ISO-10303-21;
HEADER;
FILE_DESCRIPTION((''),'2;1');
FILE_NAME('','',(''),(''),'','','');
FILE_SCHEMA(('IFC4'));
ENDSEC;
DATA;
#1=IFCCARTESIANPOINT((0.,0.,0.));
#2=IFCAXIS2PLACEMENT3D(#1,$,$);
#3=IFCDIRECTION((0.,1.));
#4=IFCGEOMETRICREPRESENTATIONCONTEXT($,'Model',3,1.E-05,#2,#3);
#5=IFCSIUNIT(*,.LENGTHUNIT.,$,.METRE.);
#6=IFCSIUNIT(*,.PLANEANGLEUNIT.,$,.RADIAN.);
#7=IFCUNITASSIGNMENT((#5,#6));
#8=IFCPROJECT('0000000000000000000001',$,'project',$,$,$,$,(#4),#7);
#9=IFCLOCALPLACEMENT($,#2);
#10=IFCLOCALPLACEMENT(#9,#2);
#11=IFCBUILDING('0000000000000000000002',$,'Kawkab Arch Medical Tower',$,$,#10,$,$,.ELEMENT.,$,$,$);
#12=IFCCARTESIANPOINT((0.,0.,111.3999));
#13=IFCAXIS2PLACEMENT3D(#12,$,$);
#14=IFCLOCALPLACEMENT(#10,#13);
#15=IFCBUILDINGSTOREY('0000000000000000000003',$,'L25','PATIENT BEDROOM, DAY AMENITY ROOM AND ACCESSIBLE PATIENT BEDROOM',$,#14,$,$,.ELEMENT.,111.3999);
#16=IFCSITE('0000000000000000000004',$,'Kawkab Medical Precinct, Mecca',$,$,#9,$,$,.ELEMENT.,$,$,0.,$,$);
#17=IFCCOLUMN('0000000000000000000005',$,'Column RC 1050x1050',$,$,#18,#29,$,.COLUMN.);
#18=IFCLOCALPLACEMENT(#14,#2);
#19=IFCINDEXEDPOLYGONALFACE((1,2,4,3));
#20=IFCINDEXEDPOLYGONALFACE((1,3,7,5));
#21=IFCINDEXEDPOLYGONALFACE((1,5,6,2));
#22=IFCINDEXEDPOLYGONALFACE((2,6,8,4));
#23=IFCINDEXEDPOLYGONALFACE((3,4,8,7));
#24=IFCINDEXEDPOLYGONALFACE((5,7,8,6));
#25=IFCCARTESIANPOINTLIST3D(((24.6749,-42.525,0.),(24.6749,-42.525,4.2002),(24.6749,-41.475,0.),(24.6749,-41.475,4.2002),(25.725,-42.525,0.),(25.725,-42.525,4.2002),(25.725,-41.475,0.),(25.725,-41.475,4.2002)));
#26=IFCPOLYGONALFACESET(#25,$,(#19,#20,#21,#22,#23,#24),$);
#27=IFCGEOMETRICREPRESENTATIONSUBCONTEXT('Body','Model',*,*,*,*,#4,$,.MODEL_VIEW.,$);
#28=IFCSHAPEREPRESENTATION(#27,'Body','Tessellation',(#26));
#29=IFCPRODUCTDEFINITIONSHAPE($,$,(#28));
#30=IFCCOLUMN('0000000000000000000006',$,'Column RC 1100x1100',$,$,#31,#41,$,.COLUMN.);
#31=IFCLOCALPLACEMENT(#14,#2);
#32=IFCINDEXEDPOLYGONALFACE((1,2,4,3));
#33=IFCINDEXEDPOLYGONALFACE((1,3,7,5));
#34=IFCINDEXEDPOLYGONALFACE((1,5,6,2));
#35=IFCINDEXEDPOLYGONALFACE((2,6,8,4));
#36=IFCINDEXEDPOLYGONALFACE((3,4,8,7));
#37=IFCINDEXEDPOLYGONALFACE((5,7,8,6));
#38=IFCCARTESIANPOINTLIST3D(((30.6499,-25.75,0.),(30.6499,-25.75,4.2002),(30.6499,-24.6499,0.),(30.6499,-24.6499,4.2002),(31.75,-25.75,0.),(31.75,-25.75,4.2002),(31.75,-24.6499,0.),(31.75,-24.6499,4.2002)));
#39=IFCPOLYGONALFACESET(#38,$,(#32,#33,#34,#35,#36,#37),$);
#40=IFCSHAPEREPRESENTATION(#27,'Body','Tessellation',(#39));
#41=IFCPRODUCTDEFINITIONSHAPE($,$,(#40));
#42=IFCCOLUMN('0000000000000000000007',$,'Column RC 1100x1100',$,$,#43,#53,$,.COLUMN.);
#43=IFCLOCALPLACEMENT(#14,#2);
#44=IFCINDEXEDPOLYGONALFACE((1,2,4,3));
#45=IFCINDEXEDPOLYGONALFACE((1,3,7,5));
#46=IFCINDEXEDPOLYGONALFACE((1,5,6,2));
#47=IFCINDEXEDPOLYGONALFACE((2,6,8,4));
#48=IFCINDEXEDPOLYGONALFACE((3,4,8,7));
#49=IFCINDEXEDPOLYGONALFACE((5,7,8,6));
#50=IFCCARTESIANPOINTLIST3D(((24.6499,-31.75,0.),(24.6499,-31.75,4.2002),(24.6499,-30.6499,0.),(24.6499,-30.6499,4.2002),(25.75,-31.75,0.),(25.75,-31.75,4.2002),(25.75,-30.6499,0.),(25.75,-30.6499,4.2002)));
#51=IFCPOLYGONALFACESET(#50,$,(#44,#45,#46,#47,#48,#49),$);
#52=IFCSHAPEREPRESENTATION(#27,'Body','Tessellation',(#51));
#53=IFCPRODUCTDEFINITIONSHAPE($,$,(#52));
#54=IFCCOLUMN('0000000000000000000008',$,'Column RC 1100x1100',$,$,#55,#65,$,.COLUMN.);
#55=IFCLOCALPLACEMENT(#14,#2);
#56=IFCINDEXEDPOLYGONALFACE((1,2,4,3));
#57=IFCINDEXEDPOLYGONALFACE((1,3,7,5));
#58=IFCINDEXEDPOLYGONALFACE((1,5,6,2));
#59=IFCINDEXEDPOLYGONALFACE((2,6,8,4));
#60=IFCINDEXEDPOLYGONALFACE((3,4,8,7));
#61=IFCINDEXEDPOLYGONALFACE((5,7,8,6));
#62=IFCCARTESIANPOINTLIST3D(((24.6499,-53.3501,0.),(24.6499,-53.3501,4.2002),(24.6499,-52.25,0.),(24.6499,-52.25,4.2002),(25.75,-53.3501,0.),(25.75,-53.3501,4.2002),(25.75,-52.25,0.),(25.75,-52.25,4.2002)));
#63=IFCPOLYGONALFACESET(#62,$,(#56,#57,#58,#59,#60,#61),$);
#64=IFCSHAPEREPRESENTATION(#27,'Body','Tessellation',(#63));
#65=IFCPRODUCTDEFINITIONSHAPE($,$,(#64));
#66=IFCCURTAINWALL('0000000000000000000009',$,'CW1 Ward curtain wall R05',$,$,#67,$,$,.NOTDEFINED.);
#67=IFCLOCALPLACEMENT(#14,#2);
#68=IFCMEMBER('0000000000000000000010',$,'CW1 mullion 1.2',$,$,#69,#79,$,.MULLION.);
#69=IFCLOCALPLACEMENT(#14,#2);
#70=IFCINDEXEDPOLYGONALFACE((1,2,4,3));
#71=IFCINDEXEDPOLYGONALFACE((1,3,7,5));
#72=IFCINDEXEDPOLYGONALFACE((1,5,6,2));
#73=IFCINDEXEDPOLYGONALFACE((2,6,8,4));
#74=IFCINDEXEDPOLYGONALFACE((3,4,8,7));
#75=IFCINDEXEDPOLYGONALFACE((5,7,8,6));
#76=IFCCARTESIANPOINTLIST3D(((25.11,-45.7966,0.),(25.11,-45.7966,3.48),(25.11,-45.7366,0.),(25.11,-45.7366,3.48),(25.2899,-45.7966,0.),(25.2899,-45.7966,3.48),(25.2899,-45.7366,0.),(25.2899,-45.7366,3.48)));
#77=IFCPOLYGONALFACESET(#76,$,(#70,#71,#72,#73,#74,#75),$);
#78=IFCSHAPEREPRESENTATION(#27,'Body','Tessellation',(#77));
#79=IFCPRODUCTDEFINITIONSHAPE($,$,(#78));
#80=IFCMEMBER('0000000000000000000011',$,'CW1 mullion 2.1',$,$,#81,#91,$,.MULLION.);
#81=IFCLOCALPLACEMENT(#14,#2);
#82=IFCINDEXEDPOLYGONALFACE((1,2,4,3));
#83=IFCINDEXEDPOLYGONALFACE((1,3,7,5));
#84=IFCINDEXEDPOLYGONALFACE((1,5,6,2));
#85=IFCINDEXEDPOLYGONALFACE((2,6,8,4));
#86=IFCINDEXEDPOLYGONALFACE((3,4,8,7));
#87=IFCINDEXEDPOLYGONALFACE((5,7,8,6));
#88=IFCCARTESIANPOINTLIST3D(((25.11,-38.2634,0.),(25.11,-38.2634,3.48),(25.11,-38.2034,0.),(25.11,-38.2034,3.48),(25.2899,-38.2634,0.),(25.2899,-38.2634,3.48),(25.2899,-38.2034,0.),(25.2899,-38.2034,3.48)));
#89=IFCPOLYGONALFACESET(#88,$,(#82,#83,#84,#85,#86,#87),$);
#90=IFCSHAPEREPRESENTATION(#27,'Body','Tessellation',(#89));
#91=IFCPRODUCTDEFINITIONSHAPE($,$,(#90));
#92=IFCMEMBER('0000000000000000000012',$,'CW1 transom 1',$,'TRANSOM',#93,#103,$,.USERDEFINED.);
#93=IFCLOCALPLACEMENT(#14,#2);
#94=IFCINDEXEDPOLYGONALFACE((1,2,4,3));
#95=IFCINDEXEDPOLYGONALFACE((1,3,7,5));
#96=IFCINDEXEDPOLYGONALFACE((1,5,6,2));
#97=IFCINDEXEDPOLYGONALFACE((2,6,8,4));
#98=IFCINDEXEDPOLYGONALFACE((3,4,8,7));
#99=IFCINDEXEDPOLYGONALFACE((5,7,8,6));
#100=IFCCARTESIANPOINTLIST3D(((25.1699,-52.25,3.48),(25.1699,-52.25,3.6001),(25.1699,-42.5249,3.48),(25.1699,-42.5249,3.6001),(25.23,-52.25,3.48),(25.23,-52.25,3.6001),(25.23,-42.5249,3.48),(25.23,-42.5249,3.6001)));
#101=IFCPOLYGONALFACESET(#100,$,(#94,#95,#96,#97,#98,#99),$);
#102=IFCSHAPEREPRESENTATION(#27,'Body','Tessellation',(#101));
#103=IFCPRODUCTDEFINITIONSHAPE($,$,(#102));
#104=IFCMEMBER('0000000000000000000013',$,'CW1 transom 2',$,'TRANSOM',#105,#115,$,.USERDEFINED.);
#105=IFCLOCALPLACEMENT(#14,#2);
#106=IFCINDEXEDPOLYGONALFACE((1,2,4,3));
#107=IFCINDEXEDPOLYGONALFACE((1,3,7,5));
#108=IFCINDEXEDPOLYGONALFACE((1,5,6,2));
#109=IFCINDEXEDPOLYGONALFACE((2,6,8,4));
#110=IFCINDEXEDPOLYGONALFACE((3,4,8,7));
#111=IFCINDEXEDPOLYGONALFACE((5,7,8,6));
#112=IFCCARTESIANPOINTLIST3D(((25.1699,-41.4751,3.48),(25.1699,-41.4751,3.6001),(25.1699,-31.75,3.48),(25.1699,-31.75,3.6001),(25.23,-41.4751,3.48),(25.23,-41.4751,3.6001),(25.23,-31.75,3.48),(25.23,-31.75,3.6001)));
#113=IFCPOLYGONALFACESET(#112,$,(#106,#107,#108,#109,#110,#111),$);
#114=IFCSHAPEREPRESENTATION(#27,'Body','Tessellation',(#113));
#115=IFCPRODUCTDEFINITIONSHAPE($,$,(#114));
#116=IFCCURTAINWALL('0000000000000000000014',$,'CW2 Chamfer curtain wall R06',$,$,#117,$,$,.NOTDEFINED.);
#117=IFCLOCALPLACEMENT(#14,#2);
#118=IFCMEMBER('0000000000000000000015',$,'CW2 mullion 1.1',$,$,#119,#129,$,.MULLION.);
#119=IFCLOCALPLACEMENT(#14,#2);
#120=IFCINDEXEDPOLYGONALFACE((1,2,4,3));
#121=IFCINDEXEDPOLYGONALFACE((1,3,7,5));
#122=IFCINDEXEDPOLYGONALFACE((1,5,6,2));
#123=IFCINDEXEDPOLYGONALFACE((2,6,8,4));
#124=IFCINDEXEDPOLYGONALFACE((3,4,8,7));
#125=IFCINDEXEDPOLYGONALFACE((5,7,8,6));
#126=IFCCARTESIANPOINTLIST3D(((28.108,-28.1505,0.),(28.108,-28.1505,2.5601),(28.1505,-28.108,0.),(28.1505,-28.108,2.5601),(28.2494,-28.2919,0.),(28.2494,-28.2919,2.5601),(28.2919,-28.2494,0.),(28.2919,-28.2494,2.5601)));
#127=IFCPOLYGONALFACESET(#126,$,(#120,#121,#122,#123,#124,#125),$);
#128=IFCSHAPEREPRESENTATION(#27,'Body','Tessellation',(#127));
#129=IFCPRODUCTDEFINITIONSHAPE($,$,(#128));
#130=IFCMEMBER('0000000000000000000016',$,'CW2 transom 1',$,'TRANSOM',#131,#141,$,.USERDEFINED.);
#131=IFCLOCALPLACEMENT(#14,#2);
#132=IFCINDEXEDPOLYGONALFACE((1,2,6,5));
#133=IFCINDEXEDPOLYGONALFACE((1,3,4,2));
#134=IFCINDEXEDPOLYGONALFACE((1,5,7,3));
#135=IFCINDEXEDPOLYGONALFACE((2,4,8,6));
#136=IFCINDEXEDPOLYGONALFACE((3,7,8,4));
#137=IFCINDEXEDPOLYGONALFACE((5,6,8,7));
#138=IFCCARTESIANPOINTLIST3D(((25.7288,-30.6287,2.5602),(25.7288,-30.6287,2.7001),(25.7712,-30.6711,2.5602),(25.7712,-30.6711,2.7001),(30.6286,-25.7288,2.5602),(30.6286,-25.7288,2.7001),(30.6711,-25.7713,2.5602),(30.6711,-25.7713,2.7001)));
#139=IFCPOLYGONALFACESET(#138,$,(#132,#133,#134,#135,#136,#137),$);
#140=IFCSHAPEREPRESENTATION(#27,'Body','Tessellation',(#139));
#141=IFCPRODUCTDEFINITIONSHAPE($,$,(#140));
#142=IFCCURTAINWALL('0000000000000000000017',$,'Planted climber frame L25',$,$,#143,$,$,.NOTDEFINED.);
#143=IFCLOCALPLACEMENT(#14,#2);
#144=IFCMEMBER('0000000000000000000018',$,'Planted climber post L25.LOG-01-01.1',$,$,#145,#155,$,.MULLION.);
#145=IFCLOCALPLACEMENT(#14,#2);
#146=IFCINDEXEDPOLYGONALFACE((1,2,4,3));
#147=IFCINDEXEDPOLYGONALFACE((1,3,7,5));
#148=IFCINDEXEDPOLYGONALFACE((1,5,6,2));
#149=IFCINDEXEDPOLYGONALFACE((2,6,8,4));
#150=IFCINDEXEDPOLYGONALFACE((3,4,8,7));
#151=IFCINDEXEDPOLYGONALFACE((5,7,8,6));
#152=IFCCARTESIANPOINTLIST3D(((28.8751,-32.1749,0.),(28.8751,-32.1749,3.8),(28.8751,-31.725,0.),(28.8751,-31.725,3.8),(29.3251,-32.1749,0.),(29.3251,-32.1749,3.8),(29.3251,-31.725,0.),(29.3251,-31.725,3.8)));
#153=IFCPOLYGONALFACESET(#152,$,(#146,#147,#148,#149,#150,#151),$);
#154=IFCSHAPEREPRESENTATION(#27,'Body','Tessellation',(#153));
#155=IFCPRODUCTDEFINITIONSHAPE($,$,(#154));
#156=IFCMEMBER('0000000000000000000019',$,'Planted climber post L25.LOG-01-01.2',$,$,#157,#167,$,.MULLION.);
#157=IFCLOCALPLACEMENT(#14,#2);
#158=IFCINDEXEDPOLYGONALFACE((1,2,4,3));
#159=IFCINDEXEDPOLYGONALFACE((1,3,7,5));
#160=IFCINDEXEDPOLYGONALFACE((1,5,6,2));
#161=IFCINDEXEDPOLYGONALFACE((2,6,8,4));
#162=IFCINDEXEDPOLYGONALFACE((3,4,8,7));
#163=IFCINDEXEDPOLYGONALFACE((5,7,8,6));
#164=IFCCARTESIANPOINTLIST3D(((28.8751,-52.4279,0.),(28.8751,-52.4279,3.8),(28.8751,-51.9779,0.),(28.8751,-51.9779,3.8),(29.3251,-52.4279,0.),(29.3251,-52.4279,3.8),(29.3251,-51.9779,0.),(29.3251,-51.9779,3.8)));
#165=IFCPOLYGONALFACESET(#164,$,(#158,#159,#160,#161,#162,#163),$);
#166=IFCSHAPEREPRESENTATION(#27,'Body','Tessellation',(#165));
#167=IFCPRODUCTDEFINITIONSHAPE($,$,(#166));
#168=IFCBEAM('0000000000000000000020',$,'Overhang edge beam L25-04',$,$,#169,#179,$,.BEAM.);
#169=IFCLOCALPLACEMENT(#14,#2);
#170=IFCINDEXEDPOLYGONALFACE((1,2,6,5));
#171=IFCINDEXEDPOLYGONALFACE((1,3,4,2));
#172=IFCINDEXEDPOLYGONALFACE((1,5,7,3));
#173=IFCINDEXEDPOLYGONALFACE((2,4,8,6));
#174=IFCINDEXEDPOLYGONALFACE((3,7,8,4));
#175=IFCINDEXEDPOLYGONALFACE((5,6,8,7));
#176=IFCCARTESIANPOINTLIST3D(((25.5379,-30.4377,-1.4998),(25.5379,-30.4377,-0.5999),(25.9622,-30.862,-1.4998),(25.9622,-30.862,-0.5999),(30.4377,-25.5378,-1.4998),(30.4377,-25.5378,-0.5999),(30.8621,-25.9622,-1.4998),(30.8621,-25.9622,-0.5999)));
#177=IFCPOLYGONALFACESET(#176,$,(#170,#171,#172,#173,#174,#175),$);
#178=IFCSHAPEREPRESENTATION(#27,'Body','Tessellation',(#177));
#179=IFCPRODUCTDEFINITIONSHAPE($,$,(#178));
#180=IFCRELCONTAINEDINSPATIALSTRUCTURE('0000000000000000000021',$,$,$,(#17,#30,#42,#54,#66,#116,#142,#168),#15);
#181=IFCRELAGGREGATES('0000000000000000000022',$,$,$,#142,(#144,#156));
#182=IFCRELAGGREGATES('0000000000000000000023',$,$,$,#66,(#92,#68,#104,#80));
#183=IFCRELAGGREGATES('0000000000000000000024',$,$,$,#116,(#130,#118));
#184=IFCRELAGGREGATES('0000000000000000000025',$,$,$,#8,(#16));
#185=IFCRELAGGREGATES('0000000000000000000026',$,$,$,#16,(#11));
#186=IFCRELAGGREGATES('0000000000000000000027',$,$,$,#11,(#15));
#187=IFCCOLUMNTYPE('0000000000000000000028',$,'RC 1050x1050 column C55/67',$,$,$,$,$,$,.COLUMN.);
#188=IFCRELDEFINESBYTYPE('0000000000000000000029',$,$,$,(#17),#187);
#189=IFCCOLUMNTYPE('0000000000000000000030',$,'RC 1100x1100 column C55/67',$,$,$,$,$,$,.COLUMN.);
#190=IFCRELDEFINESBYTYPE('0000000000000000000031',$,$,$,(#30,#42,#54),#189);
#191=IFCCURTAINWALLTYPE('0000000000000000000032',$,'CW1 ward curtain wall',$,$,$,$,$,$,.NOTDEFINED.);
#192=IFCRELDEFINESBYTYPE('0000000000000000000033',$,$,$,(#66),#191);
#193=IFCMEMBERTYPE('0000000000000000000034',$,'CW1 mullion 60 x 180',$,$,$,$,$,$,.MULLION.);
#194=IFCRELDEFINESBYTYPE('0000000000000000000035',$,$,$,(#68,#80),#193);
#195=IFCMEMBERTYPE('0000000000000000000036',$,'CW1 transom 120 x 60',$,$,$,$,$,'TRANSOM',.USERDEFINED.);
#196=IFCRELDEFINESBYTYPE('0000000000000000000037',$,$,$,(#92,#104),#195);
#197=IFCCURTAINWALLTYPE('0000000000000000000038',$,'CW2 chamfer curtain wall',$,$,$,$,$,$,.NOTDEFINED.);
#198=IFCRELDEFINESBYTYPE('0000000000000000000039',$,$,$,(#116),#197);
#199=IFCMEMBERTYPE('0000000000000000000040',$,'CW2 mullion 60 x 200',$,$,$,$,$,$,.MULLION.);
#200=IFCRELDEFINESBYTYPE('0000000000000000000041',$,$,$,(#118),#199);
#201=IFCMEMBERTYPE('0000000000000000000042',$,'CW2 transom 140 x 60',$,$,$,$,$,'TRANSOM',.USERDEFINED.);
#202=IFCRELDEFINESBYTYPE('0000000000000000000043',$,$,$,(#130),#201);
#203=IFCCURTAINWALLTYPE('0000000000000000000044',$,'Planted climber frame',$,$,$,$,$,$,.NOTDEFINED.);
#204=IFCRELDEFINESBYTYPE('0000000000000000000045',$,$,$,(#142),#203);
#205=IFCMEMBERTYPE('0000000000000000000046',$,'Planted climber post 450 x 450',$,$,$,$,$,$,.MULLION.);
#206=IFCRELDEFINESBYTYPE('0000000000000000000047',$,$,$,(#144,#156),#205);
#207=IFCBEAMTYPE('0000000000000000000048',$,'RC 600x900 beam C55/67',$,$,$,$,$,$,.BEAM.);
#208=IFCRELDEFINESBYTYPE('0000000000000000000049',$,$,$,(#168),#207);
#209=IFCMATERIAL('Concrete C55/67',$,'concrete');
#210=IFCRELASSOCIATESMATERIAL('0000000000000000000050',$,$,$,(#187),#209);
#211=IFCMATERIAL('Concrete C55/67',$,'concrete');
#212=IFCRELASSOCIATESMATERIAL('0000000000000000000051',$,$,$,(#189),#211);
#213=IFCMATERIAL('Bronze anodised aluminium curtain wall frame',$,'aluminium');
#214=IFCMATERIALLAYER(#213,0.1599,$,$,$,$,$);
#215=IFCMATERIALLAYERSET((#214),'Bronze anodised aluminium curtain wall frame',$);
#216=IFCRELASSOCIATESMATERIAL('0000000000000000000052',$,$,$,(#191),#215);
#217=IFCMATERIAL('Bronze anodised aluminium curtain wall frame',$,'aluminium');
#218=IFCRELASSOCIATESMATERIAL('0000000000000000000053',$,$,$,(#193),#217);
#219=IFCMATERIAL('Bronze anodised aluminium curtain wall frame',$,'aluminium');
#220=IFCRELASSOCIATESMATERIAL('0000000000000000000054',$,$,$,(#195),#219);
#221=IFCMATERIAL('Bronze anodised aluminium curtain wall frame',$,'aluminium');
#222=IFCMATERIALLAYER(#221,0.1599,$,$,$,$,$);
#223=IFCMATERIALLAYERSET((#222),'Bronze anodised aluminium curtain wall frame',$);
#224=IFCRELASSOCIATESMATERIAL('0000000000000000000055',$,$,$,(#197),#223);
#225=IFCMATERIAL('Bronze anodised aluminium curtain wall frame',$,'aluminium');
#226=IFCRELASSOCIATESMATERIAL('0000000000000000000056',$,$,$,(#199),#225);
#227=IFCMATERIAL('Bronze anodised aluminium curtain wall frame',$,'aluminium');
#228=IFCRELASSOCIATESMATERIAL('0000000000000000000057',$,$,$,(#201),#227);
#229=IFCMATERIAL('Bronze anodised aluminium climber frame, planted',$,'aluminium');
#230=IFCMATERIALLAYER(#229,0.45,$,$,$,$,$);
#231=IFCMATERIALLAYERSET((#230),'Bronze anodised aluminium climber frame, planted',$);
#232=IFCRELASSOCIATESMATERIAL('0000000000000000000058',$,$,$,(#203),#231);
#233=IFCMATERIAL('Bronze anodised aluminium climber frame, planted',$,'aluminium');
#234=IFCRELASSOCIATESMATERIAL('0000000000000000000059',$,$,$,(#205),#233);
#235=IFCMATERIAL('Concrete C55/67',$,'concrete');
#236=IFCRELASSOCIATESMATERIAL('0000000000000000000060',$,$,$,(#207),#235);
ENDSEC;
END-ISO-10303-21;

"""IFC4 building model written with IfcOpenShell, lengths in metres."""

from ifc_helpers import new_model, si_unit, direction, frame, origin, origin_2d, place, context, subcontext, project, spatial, rectangle, extrude, material, layer, layer_set, material_profile, profile_set, type_object, element, aggregate, save


model = new_model("IFC4")

# Units and contexts
model_context = context("Model", 3, precision=1e-05, world=origin(), true_north=direction((0.0, 1.0)))
body_context = subcontext(model_context, "Body", "Model", "MODEL_VIEW")
ifc_project = project(units=[si_unit("LENGTHUNIT", "METRE"), si_unit("PLANEANGLEUNIT", "RADIAN")], contexts=[model_context])

# Site, building, storey
site_placement = place(None, origin())
site = spatial("IfcSite", under=ifc_project, at=site_placement, Name="Kawkab Medical Precinct, Mecca", CompositionType="ELEMENT", RefElevation=0.0)
building_placement = place(site_placement, origin())
building = spatial("IfcBuilding", under=site, at=building_placement, Name="Kawkab Arch Medical Tower", CompositionType="ELEMENT")
storey_placement = place(building_placement, frame((0.0, 0.0, 111.3999)))
storey = spatial("IfcBuildingStorey", under=building, at=storey_placement, Name="L25", Description="PATIENT BEDROOM, DAY AMENITY ROOM AND ACCESSIBLE PATIENT BEDROOM", CompositionType="ELEMENT", Elevation=111.3999)

# Columns
ifc_material_1 = material(Name="Concrete C55/67", Category="concrete")
ifc_material_profile_1 = material_profile(ifc_material_1, rectangle(XDim=1.05, YDim=1.05, at=origin_2d()), Name="RC 1050x1050")
ifc_profile_set_1 = profile_set([ifc_material_profile_1], Name="Concrete C55/67")
column_type_1 = type_object("IfcColumnType", Name="RC 1050x1050 column C55/67", PredefinedType="COLUMN", material=ifc_profile_set_1)
column_placement = place(storey_placement, frame((25.2, -42.0, 0.0), z_axis=(0.0, 0.0, 1.0), x_axis=(1.0, 0.0, 0.0)))
element("IfcColumn", 1, at=column_placement, inside=storey, type_object=column_type_1, Name="Column RC 1050x1050", PredefinedType="COLUMN", context=body_context, shape_type="SweptSolid", body=[
    extrude(rectangle(XDim=1.05, YDim=1.05, at=origin_2d()), origin(), (0.0, 0.0, 1.0), 4.2002),
])
ifc_material_2 = material(Name="Concrete C55/67", Category="concrete")
ifc_material_profile_2 = material_profile(ifc_material_2, rectangle(XDim=1.1001, YDim=1.1001, at=origin_2d()), Name="RC 1100x1100")
ifc_profile_set_2 = profile_set([ifc_material_profile_2], Name="Concrete C55/67")
column_type_2 = type_object("IfcColumnType", Name="RC 1100x1100 column C55/67", PredefinedType="COLUMN", material=ifc_profile_set_2)
for number, where, z_axis, x_axis, name in (
    (2, (31.2, -25.2, 0.0), (0.0, 0.0, 1.0), (1.0, 0.0, 0.0), "Column RC 1100x1100"),
    (3, (25.2, -31.2, 0.0), (0.0, 0.0, 1.0), (1.0, 0.0, 0.0), "Column RC 1100x1100"),
    (4, (25.2, -52.8, 0.0), (0.0, 0.0, 1.0), (1.0, 0.0, 0.0), "Column RC 1100x1100"),
):
    element("IfcColumn", number, at=place(storey_placement, frame(where, z_axis=z_axis, x_axis=x_axis)), inside=storey, type_object=column_type_2, Name=name, PredefinedType="COLUMN", context=body_context, shape_type="SweptSolid", body=[
        extrude(rectangle(XDim=1.1001, YDim=1.1001, at=origin_2d()), origin(), (0.0, 0.0, 1.0), 4.2002),
    ])

# Curtain walls, members
ifc_material_3 = material(Name="Bronze anodised aluminium curtain wall frame", Category="aluminium")
ifc_layer_1 = layer(ifc_material_3, 0.1599)
ifc_layer_set_1 = layer_set([ifc_layer_1], Name="Bronze anodised aluminium curtain wall frame")
curtain_wall_type_1 = type_object("IfcCurtainWallType", Name="CW1 ward curtain wall", PredefinedType="NOTDEFINED", material=ifc_layer_set_1)
placement = place(storey_placement, origin())
curtain_wall_1 = element("IfcCurtainWall", 5, at=placement, inside=storey, type_object=curtain_wall_type_1, Name="CW1 Ward curtain wall R05", PredefinedType="NOTDEFINED")
ifc_material_4 = material(Name="Bronze anodised aluminium curtain wall frame", Category="aluminium")
ifc_material_profile_3 = material_profile(ifc_material_4, rectangle(XDim=0.1799, YDim=0.0601, at=origin_2d()), Name="AL 60x180")
ifc_profile_set_3 = profile_set([ifc_material_profile_3], Name="Bronze anodised aluminium curtain wall frame")
member_type_1 = type_object("IfcMemberType", Name="CW1 mullion 60 x 180", PredefinedType="MULLION", material=ifc_profile_set_3)
member_1_placement = place(storey_placement, frame((25.2, -45.7666, 0.0), z_axis=(0.0, 0.0, 1.0), x_axis=(-1.0, 0.0, 0.0)))
member_1 = element("IfcMember", 6, at=member_1_placement, type_object=member_type_1, Name="CW1 mullion 1.2", PredefinedType="MULLION", context=body_context, shape_type="SweptSolid", body=[
    extrude(rectangle(XDim=0.1799, YDim=0.0601, at=origin_2d()), origin(), (0.0, 0.0, 1.0), 3.48),
])
member_2_placement = place(storey_placement, frame((25.2, -38.2334, 0.0), z_axis=(0.0, 0.0, 1.0), x_axis=(-1.0, 0.0, 0.0)))
member_2 = element("IfcMember", 7, at=member_2_placement, type_object=member_type_1, Name="CW1 mullion 2.1", PredefinedType="MULLION", context=body_context, shape_type="SweptSolid", body=[
    extrude(rectangle(XDim=0.1799, YDim=0.0601, at=origin_2d()), origin(), (0.0, 0.0, 1.0), 3.48),
])
ifc_material_5 = material(Name="Bronze anodised aluminium curtain wall frame", Category="aluminium")
ifc_material_profile_4 = material_profile(ifc_material_5, rectangle(XDim=0.0601, YDim=0.1201, at=origin_2d()), Name="AL 60x120")
ifc_profile_set_4 = profile_set([ifc_material_profile_4], Name="Bronze anodised aluminium curtain wall frame")
member_type_2 = type_object("IfcMemberType", Name="CW1 transom 120 x 60", ElementType="TRANSOM", PredefinedType="USERDEFINED", material=ifc_profile_set_4)
member_3_placement = place(storey_placement, frame((25.2, -52.25, 3.54), z_axis=(0.0, 1.0, 0.0), x_axis=(-1.0, 0.0, 0.0)))
member_3 = element("IfcMember", 8, at=member_3_placement, type_object=member_type_2, Name="CW1 transom 1", ObjectType="TRANSOM", PredefinedType="USERDEFINED", context=body_context, shape_type="SweptSolid", body=[
    extrude(rectangle(XDim=0.0601, YDim=0.1201, at=origin_2d()), origin(), (0.0, 0.0, 1.0), 9.7251),
])
member_4_placement = place(storey_placement, frame((25.2, -41.4751, 3.54), z_axis=(0.0, 1.0, 0.0), x_axis=(-1.0, 0.0, 0.0)))
member_4 = element("IfcMember", 9, at=member_4_placement, type_object=member_type_2, Name="CW1 transom 2", ObjectType="TRANSOM", PredefinedType="USERDEFINED", context=body_context, shape_type="SweptSolid", body=[
    extrude(rectangle(XDim=0.0601, YDim=0.1201, at=origin_2d()), origin(), (0.0, 0.0, 1.0), 9.7251),
])
ifc_material_6 = material(Name="Bronze anodised aluminium curtain wall frame", Category="aluminium")
ifc_layer_2 = layer(ifc_material_6, 0.1599)
ifc_layer_set_2 = layer_set([ifc_layer_2], Name="Bronze anodised aluminium curtain wall frame")
curtain_wall_type_2 = type_object("IfcCurtainWallType", Name="CW2 chamfer curtain wall", PredefinedType="NOTDEFINED", material=ifc_layer_set_2)
curtain_wall_2 = element("IfcCurtainWall", 10, at=placement, inside=storey, type_object=curtain_wall_type_2, Name="CW2 Chamfer curtain wall R06", PredefinedType="NOTDEFINED")
ifc_material_7 = material(Name="Bronze anodised aluminium curtain wall frame", Category="aluminium")
ifc_material_profile_5 = material_profile(ifc_material_7, rectangle(XDim=0.2, YDim=0.0601, at=origin_2d()), Name="AL 60x200")
ifc_profile_set_5 = profile_set([ifc_material_profile_5], Name="Bronze anodised aluminium curtain wall frame")
member_type_3 = type_object("IfcMemberType", Name="CW2 mullion 60 x 200", PredefinedType="MULLION", material=ifc_profile_set_5)
member_5_placement = place(storey_placement, frame((28.2, -28.2, 0.0), z_axis=(0.0, 0.0, 1.0), x_axis=(-0.707107, 0.707107, 0.0)))
member_5 = element("IfcMember", 11, at=member_5_placement, type_object=member_type_3, Name="CW2 mullion 1.1", PredefinedType="MULLION", context=body_context, shape_type="SweptSolid", body=[
    extrude(rectangle(XDim=0.2, YDim=0.0601, at=origin_2d()), origin(), (0.0, 0.0, 1.0), 2.5601),
])
ifc_material_8 = material(Name="Bronze anodised aluminium curtain wall frame", Category="aluminium")
ifc_material_profile_6 = material_profile(ifc_material_8, rectangle(XDim=0.0601, YDim=0.1399, at=origin_2d()), Name="AL 60x140")
ifc_profile_set_6 = profile_set([ifc_material_profile_6], Name="Bronze anodised aluminium curtain wall frame")
member_type_4 = type_object("IfcMemberType", Name="CW2 transom 140 x 60", ElementType="TRANSOM", PredefinedType="USERDEFINED", material=ifc_profile_set_6)
member_6_placement = place(storey_placement, frame((25.75, -30.6499, 2.6301), z_axis=(0.707107, 0.707107, 0.0), x_axis=(-0.707107, 0.707107, 0.0)))
member_6 = element("IfcMember", 12, at=member_6_placement, type_object=member_type_4, Name="CW2 transom 1", ObjectType="TRANSOM", PredefinedType="USERDEFINED", context=body_context, shape_type="SweptSolid", body=[
    extrude(rectangle(XDim=0.0601, YDim=0.1399, at=origin_2d()), origin(), (0.0, 0.0, 1.0), 6.9294),
])
ifc_material_9 = material(Name="Bronze anodised aluminium climber frame, planted", Category="aluminium")
ifc_layer_3 = layer(ifc_material_9, 0.45)
ifc_layer_set_3 = layer_set([ifc_layer_3], Name="Bronze anodised aluminium climber frame, planted")
curtain_wall_type_3 = type_object("IfcCurtainWallType", Name="Planted climber frame", PredefinedType="NOTDEFINED", material=ifc_layer_set_3)
curtain_wall_3 = element("IfcCurtainWall", 13, at=placement, inside=storey, type_object=curtain_wall_type_3, Name="Planted climber frame L25", PredefinedType="NOTDEFINED")
ifc_material_10 = material(Name="Bronze anodised aluminium climber frame, planted", Category="aluminium")
ifc_material_profile_7 = material_profile(ifc_material_10, rectangle(XDim=0.45, YDim=0.45, at=origin_2d()), Name="Post 450x450")
ifc_profile_set_7 = profile_set([ifc_material_profile_7], Name="Bronze anodised aluminium climber frame, planted")
member_type_5 = type_object("IfcMemberType", Name="Planted climber post 450 x 450", PredefinedType="MULLION", material=ifc_profile_set_7)
member_7_placement = place(storey_placement, frame((29.1001, -31.95, 0.0), z_axis=(0.0, 0.0, 1.0), x_axis=(1.0, 0.0, 0.0)))
member_7 = element("IfcMember", 14, at=member_7_placement, type_object=member_type_5, Name="Planted climber post L25.LOG-01-01.1", PredefinedType="MULLION", context=body_context, shape_type="SweptSolid", body=[
    extrude(rectangle(XDim=0.45, YDim=0.45, at=origin_2d()), origin(), (0.0, 0.0, 1.0), 3.8),
])
member_8_placement = place(storey_placement, frame((29.1001, -52.2029, 0.0), z_axis=(0.0, 0.0, 1.0), x_axis=(1.0, 0.0, 0.0)))
member_8 = element("IfcMember", 15, at=member_8_placement, type_object=member_type_5, Name="Planted climber post L25.LOG-01-01.2", PredefinedType="MULLION", context=body_context, shape_type="SweptSolid", body=[
    extrude(rectangle(XDim=0.45, YDim=0.45, at=origin_2d()), origin(), (0.0, 0.0, 1.0), 3.8),
])
aggregate(curtain_wall_3, [member_7, member_8])

# Beam
ifc_material_11 = material(Name="Concrete C55/67", Category="concrete")
ifc_material_profile_8 = material_profile(ifc_material_11, rectangle(XDim=0.6001, YDim=0.8999, at=origin_2d()), Name="RC 600x900")
ifc_profile_set_8 = profile_set([ifc_material_profile_8], Name="Concrete C55/67")
beam_type = type_object("IfcBeamType", Name="RC 600x900 beam C55/67", PredefinedType="BEAM", material=ifc_profile_set_8)
beam_placement = place(storey_placement, frame((30.6499, -25.75, -1.0498), z_axis=(-0.707107, -0.707107, 0.0), x_axis=(0.707107, -0.707107, 0.0)))
element("IfcBeam", 16, at=beam_placement, inside=storey, type_object=beam_type, Name="Overhang edge beam L25-04", PredefinedType="BEAM", context=body_context, shape_type="SweptSolid", body=[
    extrude(rectangle(XDim=0.6001, YDim=0.8999, at=origin_2d()), origin(), (0.0, 0.0, 1.0), 6.9294),
])

aggregate(curtain_wall_1, [member_3, member_1, member_4, member_2])
aggregate(curtain_wall_2, [member_6, member_5])

save(model, "model.ifc")
